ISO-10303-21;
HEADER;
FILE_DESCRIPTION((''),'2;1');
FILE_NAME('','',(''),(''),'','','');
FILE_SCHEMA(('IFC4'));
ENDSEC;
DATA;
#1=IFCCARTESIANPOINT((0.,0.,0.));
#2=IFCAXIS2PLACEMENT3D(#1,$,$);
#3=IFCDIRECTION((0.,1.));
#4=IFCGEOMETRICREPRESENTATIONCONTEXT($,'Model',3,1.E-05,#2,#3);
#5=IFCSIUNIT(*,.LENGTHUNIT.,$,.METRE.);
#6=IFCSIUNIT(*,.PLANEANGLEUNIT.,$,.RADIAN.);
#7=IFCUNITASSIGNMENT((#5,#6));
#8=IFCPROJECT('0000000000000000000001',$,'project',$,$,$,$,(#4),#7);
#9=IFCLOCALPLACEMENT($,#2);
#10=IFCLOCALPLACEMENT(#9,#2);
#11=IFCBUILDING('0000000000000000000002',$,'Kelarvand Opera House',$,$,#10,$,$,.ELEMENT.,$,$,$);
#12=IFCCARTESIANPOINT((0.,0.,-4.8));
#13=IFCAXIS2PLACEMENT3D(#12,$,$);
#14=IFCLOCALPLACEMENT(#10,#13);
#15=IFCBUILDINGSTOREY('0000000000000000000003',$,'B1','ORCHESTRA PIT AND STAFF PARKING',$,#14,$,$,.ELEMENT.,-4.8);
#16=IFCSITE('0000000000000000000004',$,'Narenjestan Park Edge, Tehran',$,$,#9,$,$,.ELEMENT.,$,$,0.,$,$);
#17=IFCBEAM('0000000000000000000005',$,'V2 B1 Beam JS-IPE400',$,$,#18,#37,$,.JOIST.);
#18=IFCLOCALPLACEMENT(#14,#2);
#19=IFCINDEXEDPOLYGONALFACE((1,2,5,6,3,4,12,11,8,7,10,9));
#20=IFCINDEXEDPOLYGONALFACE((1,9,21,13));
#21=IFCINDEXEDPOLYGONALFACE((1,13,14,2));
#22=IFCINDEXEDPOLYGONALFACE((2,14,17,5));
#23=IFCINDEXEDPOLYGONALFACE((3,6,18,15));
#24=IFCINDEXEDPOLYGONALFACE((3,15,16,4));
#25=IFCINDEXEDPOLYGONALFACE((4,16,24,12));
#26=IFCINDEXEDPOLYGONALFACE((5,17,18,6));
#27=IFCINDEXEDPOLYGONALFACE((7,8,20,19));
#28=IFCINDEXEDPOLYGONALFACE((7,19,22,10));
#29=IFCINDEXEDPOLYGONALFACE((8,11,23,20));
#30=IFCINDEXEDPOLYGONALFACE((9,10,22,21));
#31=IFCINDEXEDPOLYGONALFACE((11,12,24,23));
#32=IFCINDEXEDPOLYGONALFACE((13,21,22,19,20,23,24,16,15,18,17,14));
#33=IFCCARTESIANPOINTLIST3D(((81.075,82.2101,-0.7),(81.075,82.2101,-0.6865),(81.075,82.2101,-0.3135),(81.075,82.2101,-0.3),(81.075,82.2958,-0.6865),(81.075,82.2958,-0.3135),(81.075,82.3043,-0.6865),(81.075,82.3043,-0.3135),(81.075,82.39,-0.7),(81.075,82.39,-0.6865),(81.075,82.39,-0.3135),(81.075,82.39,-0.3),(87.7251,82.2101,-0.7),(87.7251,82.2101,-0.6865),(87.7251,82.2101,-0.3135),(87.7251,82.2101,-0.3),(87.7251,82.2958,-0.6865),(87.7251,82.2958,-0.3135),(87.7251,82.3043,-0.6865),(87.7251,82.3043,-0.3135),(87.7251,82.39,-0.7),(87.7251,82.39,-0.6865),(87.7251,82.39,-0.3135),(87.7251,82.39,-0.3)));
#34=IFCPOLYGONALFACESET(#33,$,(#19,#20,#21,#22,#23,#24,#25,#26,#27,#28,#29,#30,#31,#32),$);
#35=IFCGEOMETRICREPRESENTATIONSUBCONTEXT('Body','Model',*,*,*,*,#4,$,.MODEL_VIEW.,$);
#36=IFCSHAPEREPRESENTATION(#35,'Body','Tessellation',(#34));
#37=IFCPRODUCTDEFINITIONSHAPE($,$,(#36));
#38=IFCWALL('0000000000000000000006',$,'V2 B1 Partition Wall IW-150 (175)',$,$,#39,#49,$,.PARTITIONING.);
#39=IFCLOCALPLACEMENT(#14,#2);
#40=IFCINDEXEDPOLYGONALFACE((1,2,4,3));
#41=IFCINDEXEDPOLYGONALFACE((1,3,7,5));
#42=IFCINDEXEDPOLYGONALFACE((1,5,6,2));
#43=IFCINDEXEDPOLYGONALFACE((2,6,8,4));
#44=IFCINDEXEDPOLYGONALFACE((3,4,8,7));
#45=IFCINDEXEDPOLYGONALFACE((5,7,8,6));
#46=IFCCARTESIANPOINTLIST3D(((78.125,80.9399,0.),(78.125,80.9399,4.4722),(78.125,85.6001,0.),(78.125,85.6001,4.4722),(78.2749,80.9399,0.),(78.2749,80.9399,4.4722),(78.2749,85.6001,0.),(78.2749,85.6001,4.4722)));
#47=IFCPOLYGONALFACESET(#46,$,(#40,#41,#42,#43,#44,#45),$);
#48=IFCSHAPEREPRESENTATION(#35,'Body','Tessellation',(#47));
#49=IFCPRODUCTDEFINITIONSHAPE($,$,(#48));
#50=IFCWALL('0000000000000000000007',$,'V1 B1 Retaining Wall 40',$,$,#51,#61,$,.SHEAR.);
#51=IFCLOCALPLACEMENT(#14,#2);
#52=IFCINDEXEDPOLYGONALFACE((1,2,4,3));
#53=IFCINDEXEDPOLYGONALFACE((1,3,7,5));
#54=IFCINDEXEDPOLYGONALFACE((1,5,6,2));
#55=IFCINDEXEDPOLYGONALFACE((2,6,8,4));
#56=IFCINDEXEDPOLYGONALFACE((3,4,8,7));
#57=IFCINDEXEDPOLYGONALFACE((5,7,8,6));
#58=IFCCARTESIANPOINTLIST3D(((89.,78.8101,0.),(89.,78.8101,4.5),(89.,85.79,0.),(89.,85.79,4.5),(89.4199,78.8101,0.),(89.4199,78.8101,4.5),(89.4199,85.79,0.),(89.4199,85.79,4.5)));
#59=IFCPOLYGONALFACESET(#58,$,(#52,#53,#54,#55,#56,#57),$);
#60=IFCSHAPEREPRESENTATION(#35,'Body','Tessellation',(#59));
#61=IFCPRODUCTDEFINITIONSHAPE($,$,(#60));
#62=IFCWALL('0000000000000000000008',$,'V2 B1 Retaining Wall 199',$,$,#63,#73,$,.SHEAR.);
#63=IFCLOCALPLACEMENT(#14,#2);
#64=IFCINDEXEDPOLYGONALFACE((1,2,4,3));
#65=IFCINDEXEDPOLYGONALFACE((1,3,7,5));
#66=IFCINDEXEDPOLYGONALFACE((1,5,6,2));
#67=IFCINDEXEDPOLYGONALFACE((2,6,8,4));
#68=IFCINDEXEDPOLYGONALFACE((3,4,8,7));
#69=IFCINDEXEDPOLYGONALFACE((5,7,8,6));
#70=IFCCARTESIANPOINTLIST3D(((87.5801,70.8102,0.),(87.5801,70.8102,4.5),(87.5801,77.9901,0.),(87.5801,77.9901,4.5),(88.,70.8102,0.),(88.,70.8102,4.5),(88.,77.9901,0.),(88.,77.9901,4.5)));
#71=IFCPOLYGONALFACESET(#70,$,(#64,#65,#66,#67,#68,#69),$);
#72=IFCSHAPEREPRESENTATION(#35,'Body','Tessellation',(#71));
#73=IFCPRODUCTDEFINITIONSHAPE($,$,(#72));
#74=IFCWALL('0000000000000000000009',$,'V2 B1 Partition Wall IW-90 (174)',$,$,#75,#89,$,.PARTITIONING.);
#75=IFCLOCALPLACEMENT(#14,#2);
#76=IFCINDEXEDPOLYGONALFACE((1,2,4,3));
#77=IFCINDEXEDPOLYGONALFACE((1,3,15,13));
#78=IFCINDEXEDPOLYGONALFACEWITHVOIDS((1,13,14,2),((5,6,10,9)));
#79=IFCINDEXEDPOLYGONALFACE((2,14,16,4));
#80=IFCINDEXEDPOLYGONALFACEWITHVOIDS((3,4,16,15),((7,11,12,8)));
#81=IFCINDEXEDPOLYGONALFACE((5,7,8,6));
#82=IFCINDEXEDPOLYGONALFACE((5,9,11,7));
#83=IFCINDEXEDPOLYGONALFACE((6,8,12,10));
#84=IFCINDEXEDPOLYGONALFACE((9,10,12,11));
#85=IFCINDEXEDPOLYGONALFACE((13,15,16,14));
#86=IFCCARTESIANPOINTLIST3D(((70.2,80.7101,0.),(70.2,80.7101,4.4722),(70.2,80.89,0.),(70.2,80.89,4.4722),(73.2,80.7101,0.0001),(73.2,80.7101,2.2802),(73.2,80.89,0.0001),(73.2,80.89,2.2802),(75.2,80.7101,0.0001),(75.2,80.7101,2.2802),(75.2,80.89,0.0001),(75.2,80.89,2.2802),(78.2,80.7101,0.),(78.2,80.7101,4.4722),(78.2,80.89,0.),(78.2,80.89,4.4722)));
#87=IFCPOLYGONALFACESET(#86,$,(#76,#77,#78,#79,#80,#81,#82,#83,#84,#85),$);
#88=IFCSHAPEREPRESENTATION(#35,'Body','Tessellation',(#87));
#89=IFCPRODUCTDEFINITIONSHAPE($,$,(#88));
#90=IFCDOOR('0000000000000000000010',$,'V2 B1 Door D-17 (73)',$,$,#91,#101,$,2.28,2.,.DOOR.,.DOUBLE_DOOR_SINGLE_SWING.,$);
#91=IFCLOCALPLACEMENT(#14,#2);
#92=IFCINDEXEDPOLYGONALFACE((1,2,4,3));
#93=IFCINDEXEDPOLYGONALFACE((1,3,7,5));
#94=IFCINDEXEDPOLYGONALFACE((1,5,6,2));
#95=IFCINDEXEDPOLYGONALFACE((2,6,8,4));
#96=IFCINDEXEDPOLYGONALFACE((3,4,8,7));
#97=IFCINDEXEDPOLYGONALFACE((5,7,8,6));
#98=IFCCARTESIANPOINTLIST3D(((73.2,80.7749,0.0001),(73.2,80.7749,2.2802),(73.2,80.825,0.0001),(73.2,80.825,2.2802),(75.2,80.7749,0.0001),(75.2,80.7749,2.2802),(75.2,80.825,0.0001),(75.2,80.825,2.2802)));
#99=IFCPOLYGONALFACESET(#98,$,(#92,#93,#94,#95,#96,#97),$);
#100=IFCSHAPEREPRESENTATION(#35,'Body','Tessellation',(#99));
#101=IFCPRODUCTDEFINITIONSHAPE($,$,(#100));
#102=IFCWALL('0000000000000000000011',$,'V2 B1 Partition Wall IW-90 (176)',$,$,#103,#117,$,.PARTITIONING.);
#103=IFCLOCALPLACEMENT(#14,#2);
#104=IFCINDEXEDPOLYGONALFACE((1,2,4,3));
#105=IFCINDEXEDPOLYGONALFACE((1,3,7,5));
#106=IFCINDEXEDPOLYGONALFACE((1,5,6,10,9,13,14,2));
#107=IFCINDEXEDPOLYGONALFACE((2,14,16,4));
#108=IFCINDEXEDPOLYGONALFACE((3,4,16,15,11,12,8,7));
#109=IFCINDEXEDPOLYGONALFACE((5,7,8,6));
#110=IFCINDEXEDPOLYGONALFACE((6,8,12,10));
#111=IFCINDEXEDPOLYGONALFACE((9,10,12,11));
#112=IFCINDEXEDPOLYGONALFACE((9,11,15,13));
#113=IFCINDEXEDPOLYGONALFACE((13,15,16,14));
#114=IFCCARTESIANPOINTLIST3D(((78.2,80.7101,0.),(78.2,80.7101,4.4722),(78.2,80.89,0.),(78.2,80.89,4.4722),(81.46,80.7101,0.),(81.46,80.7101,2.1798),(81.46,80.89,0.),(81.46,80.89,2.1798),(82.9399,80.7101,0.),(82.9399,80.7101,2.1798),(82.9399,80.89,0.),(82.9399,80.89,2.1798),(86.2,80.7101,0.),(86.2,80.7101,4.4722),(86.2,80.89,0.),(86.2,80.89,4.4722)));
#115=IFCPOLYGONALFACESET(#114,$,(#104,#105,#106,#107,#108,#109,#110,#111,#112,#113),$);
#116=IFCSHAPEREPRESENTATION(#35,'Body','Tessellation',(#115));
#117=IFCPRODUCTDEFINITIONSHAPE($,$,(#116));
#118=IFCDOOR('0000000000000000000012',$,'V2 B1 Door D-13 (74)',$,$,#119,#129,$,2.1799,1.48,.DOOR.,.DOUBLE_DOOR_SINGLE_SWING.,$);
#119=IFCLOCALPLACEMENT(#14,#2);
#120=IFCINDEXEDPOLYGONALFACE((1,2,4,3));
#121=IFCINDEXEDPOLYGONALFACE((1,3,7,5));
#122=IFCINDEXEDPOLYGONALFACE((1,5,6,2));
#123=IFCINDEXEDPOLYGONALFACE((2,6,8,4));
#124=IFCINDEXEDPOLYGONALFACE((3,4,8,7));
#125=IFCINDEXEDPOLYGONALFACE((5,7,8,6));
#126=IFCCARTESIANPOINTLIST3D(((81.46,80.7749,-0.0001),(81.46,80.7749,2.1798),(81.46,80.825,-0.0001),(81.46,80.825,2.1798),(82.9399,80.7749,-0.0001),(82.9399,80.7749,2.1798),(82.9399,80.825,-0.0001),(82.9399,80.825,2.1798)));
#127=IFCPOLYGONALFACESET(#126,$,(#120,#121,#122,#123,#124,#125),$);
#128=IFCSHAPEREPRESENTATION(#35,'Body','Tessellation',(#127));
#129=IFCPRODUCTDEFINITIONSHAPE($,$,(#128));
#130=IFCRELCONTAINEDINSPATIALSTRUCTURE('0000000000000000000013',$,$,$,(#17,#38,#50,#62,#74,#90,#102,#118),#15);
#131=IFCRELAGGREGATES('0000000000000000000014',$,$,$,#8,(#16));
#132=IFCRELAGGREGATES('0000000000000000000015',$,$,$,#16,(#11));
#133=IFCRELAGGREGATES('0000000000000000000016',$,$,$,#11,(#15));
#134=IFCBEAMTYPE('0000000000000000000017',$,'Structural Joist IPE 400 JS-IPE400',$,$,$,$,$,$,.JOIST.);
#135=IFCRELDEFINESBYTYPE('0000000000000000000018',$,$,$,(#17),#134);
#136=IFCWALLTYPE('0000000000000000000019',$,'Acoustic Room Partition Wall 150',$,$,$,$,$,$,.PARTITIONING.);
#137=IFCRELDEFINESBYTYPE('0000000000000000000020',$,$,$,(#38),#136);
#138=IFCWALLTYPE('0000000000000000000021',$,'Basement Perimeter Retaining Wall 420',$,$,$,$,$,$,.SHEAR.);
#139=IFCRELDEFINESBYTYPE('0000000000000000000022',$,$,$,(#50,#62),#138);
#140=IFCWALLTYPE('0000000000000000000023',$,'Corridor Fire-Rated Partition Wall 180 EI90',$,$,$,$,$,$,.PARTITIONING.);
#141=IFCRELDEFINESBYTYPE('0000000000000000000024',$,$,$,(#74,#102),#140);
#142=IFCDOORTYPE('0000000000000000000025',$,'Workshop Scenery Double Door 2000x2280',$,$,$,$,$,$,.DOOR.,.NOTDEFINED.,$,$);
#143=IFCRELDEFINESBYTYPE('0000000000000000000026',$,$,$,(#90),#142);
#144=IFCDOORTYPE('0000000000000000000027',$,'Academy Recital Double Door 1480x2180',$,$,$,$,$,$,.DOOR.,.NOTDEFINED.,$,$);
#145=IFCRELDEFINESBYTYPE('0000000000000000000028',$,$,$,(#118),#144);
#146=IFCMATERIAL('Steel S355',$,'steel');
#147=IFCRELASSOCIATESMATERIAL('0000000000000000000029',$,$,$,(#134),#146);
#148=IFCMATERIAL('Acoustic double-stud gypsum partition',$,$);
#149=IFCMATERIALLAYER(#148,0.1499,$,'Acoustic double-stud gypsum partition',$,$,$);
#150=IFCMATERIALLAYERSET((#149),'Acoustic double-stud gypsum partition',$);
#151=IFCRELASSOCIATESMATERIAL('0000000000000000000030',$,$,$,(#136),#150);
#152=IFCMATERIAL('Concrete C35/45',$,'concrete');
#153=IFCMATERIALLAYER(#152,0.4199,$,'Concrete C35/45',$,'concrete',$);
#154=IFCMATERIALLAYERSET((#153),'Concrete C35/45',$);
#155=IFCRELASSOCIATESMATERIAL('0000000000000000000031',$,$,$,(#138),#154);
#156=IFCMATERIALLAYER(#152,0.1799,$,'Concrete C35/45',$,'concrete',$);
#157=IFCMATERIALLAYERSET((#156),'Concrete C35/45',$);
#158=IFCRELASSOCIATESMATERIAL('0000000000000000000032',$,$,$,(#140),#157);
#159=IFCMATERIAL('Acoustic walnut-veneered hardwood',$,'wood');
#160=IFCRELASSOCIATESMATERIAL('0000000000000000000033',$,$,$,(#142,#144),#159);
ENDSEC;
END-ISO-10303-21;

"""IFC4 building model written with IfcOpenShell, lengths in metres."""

from ifc_helpers import new_model, si_unit, direction, frame, frame_2d, origin, origin_2d, place, context, subcontext, project, spatial, rectangle, i_section, extrude, material, layer, layer_set, material_profile, profile_set, type_object, element, fill, save


model = new_model("IFC4")

# Units and contexts
model_context = context("Model", 3, precision=1e-05, world=origin(), true_north=direction((0.0, 1.0)))
body_context = subcontext(model_context, "Body", "Model", "MODEL_VIEW")
ifc_project = project(units=[si_unit("LENGTHUNIT", "METRE"), si_unit("PLANEANGLEUNIT", "RADIAN")], contexts=[model_context])

# Site, building, storey
site_placement = place(None, origin())
site = spatial("IfcSite", under=ifc_project, at=site_placement, Name="Narenjestan Park Edge, Tehran", CompositionType="ELEMENT", RefElevation=0.0)
building_placement = place(site_placement, origin())
building = spatial("IfcBuilding", under=site, at=building_placement, Name="Kelarvand Opera House", CompositionType="ELEMENT")
storey_placement = place(building_placement, frame((0.0, 0.0, -4.8)))
storey = spatial("IfcBuildingStorey", under=building, at=storey_placement, Name="B1", Description="ORCHESTRA PIT AND STAFF PARKING", CompositionType="ELEMENT", Elevation=-4.8)

# Beam
ifc_material_1 = material(Name="Steel S355", Category="steel")
ifc_material_profile_1 = material_profile(ifc_material_1, i_section(OverallWidth=0.1799, OverallDepth=0.3999, WebThickness=0.0085, FlangeThickness=0.0134, at=origin_2d()), Name="IPE 400", Category="steel")
ifc_profile_set_1 = profile_set([ifc_material_profile_1], Name="Steel S355")
beam_type_1 = type_object("IfcBeamType", Name="Structural Joist IPE 400 JS-IPE400", PredefinedType="JOIST", material=ifc_profile_set_1)
beam_1_placement = place(storey_placement, frame((81.075, 82.3, -0.5), z_axis=(1.0, 0.0, 0.0), x_axis=(0.0, 1.0, 0.0)))
element("IfcBeam", 1, at=beam_1_placement, inside=storey, type_object=beam_type_1, Name="V2 B1 Beam JS-IPE400", PredefinedType="JOIST", context=body_context, shape_type="SweptSolid", body=[
    extrude(i_section(OverallWidth=0.1799, OverallDepth=0.3999, WebThickness=0.0085, FlangeThickness=0.0134, at=origin_2d()), origin(), (0.0, 0.0, 1.0), 6.6501),
])

# Walls
ifc_material_2 = material(Name="Acoustic double-stud gypsum partition")
ifc_layer_1 = layer(ifc_material_2, 0.1499, Name="Acoustic double-stud gypsum partition")
ifc_layer_set_1 = layer_set([ifc_layer_1], Name="Acoustic double-stud gypsum partition")
wall_type_1 = type_object("IfcWallType", Name="Acoustic Room Partition Wall 150", PredefinedType="PARTITIONING", material=ifc_layer_set_1)
wall_1_placement = place(storey_placement, frame((78.2, 80.9399, 0.0), z_axis=(0.0, 0.0, 1.0), x_axis=(0.0, 1.0, 0.0)))
element("IfcWall", 2, at=wall_1_placement, inside=storey, type_object=wall_type_1, Name="V2 B1 Partition Wall IW-150 (175)", PredefinedType="PARTITIONING", context=body_context, shape_type="SweptSolid", body=[
    extrude(rectangle(XDim=4.6602, YDim=0.1499, at=frame_2d((2.3301, 0.0))), origin(), (0.0, 0.0, 1.0), 4.4722),
])
ifc_material_3 = material(Name="Concrete C35/45", Category="concrete")
ifc_layer_2 = layer(ifc_material_3, 0.4199, Name="Concrete C35/45", Category="concrete")
ifc_layer_set_2 = layer_set([ifc_layer_2], Name="Concrete C35/45")
wall_type_2 = type_object("IfcWallType", Name="Basement Perimeter Retaining Wall 420", PredefinedType="SHEAR", material=ifc_layer_set_2)
wall_2_placement = place(storey_placement, frame((89.21, 78.8101, 0.0), z_axis=(0.0, 0.0, 1.0), x_axis=(0.0, 1.0, 0.0)))
element("IfcWall", 3, at=wall_2_placement, inside=storey, type_object=wall_type_2, Name="V1 B1 Retaining Wall 40", PredefinedType="SHEAR", context=body_context, shape_type="SweptSolid", body=[
    extrude(rectangle(XDim=6.98, YDim=0.4199, at=frame_2d((3.49, 0.0))), origin(), (0.0, 0.0, 1.0), 4.5),
])
wall_3_placement = place(storey_placement, frame((87.79, 77.99, 0.0), z_axis=(0.0, 0.0, 1.0), x_axis=(0.0, -1.0, 0.0)))
element("IfcWall", 4, at=wall_3_placement, inside=storey, type_object=wall_type_2, Name="V2 B1 Retaining Wall 199", PredefinedType="SHEAR", context=body_context, shape_type="SweptSolid", body=[
    extrude(rectangle(XDim=7.1799, YDim=0.4199, at=frame_2d((3.5898, 0.0))), origin(), (0.0, 0.0, 1.0), 4.5),
])

# Walls, openings, doors
ifc_layer_3 = layer(ifc_material_3, 0.1799, Name="Concrete C35/45", Category="concrete")
ifc_layer_set_3 = layer_set([ifc_layer_3], Name="Concrete C35/45")
wall_type_3 = type_object("IfcWallType", Name="Corridor Fire-Rated Partition Wall 180 EI90", PredefinedType="PARTITIONING", material=ifc_layer_set_3)
wall_4_placement = place(storey_placement, frame((70.2, 80.8, 0.0), z_axis=(0.0, 0.0, 1.0), x_axis=(1.0, 0.0, 0.0)))
wall_4 = element("IfcWall", 5, at=wall_4_placement, inside=storey, type_object=wall_type_3, Name="V2 B1 Partition Wall IW-90 (174)", PredefinedType="PARTITIONING", context=body_context, shape_type="SweptSolid", body=[
    extrude(rectangle(XDim=8.0, YDim=0.1799, at=frame_2d((4.0, 0.0))), origin(), (0.0, 0.0, 1.0), 4.4722),
])
opening_1_placement = place(wall_4_placement, frame((3.0, 0.0, 0.0)))
opening_1 = element("IfcOpeningElement", 6, at=opening_1_placement, cuts=wall_4, PredefinedType="OPENING", context=body_context, shape_type="SweptSolid", body=[
    extrude(rectangle(XDim=2.0, YDim=2.28, at=frame_2d((1.0, 1.1401))), frame((0.0, 0.1001, 0.0), z_axis=(0.0, -1.0, 0.0), x_axis=(1.0, 0.0, 0.0)), (0.0, 0.0, 1.0), 0.2),
])
ifc_material_4 = material(Name="Acoustic walnut-veneered hardwood", Category="wood")
door_type_1 = type_object("IfcDoorType", Name="Workshop Scenery Double Door 2000x2280", OperationType="NOTDEFINED", PredefinedType="DOOR", material=ifc_material_4)
door_1_placement = place(opening_1_placement, origin())
door_1 = element("IfcDoor", 7, at=door_1_placement, inside=storey, type_object=door_type_1, Name="V2 B1 Door D-17 (73)", OperationType="DOUBLE_DOOR_SINGLE_SWING", OverallHeight=2.28, OverallWidth=2.0, PredefinedType="DOOR", context=body_context, shape_type="SweptSolid", body=[
    extrude(rectangle(XDim=2.0, YDim=2.28, at=frame_2d((1.0, 1.1401))), frame((0.0, 0.0249, 0.0), z_axis=(0.0, -1.0, 0.0), x_axis=(1.0, 0.0, 0.0)), (0.0, 0.0, 1.0), 0.05),
])
fill(opening_1, door_1)
wall_5_placement = place(storey_placement, frame((78.2, 80.8, 0.0), z_axis=(0.0, 0.0, 1.0), x_axis=(1.0, 0.0, 0.0)))
wall_5 = element("IfcWall", 8, at=wall_5_placement, inside=storey, type_object=wall_type_3, Name="V2 B1 Partition Wall IW-90 (176)", PredefinedType="PARTITIONING", context=body_context, shape_type="SweptSolid", body=[
    extrude(rectangle(XDim=8.0, YDim=0.1799, at=frame_2d((4.0, 0.0))), origin(), (0.0, 0.0, 1.0), 4.4722),
])
opening_2_placement = place(wall_5_placement, frame((3.26, 0.0, 0.0)))
opening_2 = element("IfcOpeningElement", 9, at=opening_2_placement, cuts=wall_5, PredefinedType="OPENING", context=body_context, shape_type="SweptSolid", body=[
    extrude(rectangle(XDim=1.48, YDim=2.1799, at=frame_2d((0.74, 1.0898))), frame((0.0, 0.1001, 0.0), z_axis=(0.0, -1.0, 0.0), x_axis=(1.0, 0.0, 0.0)), (0.0, 0.0, 1.0), 0.2),
])
door_type_2 = type_object("IfcDoorType", Name="Academy Recital Double Door 1480x2180", OperationType="NOTDEFINED", PredefinedType="DOOR", material=ifc_material_4)
door_2_placement = place(opening_2_placement, origin())
door_2 = element("IfcDoor", 10, at=door_2_placement, inside=storey, type_object=door_type_2, Name="V2 B1 Door D-13 (74)", OperationType="DOUBLE_DOOR_SINGLE_SWING", OverallHeight=2.1799, OverallWidth=1.48, PredefinedType="DOOR", context=body_context, shape_type="SweptSolid", body=[
    extrude(rectangle(XDim=1.48, YDim=2.1799, at=frame_2d((0.74, 1.0898))), frame((0.0, 0.0249, 0.0), z_axis=(0.0, -1.0, 0.0), x_axis=(1.0, 0.0, 0.0)), (0.0, 0.0, 1.0), 0.05),
])
fill(opening_2, door_2)

save(model, "model.ifc")
